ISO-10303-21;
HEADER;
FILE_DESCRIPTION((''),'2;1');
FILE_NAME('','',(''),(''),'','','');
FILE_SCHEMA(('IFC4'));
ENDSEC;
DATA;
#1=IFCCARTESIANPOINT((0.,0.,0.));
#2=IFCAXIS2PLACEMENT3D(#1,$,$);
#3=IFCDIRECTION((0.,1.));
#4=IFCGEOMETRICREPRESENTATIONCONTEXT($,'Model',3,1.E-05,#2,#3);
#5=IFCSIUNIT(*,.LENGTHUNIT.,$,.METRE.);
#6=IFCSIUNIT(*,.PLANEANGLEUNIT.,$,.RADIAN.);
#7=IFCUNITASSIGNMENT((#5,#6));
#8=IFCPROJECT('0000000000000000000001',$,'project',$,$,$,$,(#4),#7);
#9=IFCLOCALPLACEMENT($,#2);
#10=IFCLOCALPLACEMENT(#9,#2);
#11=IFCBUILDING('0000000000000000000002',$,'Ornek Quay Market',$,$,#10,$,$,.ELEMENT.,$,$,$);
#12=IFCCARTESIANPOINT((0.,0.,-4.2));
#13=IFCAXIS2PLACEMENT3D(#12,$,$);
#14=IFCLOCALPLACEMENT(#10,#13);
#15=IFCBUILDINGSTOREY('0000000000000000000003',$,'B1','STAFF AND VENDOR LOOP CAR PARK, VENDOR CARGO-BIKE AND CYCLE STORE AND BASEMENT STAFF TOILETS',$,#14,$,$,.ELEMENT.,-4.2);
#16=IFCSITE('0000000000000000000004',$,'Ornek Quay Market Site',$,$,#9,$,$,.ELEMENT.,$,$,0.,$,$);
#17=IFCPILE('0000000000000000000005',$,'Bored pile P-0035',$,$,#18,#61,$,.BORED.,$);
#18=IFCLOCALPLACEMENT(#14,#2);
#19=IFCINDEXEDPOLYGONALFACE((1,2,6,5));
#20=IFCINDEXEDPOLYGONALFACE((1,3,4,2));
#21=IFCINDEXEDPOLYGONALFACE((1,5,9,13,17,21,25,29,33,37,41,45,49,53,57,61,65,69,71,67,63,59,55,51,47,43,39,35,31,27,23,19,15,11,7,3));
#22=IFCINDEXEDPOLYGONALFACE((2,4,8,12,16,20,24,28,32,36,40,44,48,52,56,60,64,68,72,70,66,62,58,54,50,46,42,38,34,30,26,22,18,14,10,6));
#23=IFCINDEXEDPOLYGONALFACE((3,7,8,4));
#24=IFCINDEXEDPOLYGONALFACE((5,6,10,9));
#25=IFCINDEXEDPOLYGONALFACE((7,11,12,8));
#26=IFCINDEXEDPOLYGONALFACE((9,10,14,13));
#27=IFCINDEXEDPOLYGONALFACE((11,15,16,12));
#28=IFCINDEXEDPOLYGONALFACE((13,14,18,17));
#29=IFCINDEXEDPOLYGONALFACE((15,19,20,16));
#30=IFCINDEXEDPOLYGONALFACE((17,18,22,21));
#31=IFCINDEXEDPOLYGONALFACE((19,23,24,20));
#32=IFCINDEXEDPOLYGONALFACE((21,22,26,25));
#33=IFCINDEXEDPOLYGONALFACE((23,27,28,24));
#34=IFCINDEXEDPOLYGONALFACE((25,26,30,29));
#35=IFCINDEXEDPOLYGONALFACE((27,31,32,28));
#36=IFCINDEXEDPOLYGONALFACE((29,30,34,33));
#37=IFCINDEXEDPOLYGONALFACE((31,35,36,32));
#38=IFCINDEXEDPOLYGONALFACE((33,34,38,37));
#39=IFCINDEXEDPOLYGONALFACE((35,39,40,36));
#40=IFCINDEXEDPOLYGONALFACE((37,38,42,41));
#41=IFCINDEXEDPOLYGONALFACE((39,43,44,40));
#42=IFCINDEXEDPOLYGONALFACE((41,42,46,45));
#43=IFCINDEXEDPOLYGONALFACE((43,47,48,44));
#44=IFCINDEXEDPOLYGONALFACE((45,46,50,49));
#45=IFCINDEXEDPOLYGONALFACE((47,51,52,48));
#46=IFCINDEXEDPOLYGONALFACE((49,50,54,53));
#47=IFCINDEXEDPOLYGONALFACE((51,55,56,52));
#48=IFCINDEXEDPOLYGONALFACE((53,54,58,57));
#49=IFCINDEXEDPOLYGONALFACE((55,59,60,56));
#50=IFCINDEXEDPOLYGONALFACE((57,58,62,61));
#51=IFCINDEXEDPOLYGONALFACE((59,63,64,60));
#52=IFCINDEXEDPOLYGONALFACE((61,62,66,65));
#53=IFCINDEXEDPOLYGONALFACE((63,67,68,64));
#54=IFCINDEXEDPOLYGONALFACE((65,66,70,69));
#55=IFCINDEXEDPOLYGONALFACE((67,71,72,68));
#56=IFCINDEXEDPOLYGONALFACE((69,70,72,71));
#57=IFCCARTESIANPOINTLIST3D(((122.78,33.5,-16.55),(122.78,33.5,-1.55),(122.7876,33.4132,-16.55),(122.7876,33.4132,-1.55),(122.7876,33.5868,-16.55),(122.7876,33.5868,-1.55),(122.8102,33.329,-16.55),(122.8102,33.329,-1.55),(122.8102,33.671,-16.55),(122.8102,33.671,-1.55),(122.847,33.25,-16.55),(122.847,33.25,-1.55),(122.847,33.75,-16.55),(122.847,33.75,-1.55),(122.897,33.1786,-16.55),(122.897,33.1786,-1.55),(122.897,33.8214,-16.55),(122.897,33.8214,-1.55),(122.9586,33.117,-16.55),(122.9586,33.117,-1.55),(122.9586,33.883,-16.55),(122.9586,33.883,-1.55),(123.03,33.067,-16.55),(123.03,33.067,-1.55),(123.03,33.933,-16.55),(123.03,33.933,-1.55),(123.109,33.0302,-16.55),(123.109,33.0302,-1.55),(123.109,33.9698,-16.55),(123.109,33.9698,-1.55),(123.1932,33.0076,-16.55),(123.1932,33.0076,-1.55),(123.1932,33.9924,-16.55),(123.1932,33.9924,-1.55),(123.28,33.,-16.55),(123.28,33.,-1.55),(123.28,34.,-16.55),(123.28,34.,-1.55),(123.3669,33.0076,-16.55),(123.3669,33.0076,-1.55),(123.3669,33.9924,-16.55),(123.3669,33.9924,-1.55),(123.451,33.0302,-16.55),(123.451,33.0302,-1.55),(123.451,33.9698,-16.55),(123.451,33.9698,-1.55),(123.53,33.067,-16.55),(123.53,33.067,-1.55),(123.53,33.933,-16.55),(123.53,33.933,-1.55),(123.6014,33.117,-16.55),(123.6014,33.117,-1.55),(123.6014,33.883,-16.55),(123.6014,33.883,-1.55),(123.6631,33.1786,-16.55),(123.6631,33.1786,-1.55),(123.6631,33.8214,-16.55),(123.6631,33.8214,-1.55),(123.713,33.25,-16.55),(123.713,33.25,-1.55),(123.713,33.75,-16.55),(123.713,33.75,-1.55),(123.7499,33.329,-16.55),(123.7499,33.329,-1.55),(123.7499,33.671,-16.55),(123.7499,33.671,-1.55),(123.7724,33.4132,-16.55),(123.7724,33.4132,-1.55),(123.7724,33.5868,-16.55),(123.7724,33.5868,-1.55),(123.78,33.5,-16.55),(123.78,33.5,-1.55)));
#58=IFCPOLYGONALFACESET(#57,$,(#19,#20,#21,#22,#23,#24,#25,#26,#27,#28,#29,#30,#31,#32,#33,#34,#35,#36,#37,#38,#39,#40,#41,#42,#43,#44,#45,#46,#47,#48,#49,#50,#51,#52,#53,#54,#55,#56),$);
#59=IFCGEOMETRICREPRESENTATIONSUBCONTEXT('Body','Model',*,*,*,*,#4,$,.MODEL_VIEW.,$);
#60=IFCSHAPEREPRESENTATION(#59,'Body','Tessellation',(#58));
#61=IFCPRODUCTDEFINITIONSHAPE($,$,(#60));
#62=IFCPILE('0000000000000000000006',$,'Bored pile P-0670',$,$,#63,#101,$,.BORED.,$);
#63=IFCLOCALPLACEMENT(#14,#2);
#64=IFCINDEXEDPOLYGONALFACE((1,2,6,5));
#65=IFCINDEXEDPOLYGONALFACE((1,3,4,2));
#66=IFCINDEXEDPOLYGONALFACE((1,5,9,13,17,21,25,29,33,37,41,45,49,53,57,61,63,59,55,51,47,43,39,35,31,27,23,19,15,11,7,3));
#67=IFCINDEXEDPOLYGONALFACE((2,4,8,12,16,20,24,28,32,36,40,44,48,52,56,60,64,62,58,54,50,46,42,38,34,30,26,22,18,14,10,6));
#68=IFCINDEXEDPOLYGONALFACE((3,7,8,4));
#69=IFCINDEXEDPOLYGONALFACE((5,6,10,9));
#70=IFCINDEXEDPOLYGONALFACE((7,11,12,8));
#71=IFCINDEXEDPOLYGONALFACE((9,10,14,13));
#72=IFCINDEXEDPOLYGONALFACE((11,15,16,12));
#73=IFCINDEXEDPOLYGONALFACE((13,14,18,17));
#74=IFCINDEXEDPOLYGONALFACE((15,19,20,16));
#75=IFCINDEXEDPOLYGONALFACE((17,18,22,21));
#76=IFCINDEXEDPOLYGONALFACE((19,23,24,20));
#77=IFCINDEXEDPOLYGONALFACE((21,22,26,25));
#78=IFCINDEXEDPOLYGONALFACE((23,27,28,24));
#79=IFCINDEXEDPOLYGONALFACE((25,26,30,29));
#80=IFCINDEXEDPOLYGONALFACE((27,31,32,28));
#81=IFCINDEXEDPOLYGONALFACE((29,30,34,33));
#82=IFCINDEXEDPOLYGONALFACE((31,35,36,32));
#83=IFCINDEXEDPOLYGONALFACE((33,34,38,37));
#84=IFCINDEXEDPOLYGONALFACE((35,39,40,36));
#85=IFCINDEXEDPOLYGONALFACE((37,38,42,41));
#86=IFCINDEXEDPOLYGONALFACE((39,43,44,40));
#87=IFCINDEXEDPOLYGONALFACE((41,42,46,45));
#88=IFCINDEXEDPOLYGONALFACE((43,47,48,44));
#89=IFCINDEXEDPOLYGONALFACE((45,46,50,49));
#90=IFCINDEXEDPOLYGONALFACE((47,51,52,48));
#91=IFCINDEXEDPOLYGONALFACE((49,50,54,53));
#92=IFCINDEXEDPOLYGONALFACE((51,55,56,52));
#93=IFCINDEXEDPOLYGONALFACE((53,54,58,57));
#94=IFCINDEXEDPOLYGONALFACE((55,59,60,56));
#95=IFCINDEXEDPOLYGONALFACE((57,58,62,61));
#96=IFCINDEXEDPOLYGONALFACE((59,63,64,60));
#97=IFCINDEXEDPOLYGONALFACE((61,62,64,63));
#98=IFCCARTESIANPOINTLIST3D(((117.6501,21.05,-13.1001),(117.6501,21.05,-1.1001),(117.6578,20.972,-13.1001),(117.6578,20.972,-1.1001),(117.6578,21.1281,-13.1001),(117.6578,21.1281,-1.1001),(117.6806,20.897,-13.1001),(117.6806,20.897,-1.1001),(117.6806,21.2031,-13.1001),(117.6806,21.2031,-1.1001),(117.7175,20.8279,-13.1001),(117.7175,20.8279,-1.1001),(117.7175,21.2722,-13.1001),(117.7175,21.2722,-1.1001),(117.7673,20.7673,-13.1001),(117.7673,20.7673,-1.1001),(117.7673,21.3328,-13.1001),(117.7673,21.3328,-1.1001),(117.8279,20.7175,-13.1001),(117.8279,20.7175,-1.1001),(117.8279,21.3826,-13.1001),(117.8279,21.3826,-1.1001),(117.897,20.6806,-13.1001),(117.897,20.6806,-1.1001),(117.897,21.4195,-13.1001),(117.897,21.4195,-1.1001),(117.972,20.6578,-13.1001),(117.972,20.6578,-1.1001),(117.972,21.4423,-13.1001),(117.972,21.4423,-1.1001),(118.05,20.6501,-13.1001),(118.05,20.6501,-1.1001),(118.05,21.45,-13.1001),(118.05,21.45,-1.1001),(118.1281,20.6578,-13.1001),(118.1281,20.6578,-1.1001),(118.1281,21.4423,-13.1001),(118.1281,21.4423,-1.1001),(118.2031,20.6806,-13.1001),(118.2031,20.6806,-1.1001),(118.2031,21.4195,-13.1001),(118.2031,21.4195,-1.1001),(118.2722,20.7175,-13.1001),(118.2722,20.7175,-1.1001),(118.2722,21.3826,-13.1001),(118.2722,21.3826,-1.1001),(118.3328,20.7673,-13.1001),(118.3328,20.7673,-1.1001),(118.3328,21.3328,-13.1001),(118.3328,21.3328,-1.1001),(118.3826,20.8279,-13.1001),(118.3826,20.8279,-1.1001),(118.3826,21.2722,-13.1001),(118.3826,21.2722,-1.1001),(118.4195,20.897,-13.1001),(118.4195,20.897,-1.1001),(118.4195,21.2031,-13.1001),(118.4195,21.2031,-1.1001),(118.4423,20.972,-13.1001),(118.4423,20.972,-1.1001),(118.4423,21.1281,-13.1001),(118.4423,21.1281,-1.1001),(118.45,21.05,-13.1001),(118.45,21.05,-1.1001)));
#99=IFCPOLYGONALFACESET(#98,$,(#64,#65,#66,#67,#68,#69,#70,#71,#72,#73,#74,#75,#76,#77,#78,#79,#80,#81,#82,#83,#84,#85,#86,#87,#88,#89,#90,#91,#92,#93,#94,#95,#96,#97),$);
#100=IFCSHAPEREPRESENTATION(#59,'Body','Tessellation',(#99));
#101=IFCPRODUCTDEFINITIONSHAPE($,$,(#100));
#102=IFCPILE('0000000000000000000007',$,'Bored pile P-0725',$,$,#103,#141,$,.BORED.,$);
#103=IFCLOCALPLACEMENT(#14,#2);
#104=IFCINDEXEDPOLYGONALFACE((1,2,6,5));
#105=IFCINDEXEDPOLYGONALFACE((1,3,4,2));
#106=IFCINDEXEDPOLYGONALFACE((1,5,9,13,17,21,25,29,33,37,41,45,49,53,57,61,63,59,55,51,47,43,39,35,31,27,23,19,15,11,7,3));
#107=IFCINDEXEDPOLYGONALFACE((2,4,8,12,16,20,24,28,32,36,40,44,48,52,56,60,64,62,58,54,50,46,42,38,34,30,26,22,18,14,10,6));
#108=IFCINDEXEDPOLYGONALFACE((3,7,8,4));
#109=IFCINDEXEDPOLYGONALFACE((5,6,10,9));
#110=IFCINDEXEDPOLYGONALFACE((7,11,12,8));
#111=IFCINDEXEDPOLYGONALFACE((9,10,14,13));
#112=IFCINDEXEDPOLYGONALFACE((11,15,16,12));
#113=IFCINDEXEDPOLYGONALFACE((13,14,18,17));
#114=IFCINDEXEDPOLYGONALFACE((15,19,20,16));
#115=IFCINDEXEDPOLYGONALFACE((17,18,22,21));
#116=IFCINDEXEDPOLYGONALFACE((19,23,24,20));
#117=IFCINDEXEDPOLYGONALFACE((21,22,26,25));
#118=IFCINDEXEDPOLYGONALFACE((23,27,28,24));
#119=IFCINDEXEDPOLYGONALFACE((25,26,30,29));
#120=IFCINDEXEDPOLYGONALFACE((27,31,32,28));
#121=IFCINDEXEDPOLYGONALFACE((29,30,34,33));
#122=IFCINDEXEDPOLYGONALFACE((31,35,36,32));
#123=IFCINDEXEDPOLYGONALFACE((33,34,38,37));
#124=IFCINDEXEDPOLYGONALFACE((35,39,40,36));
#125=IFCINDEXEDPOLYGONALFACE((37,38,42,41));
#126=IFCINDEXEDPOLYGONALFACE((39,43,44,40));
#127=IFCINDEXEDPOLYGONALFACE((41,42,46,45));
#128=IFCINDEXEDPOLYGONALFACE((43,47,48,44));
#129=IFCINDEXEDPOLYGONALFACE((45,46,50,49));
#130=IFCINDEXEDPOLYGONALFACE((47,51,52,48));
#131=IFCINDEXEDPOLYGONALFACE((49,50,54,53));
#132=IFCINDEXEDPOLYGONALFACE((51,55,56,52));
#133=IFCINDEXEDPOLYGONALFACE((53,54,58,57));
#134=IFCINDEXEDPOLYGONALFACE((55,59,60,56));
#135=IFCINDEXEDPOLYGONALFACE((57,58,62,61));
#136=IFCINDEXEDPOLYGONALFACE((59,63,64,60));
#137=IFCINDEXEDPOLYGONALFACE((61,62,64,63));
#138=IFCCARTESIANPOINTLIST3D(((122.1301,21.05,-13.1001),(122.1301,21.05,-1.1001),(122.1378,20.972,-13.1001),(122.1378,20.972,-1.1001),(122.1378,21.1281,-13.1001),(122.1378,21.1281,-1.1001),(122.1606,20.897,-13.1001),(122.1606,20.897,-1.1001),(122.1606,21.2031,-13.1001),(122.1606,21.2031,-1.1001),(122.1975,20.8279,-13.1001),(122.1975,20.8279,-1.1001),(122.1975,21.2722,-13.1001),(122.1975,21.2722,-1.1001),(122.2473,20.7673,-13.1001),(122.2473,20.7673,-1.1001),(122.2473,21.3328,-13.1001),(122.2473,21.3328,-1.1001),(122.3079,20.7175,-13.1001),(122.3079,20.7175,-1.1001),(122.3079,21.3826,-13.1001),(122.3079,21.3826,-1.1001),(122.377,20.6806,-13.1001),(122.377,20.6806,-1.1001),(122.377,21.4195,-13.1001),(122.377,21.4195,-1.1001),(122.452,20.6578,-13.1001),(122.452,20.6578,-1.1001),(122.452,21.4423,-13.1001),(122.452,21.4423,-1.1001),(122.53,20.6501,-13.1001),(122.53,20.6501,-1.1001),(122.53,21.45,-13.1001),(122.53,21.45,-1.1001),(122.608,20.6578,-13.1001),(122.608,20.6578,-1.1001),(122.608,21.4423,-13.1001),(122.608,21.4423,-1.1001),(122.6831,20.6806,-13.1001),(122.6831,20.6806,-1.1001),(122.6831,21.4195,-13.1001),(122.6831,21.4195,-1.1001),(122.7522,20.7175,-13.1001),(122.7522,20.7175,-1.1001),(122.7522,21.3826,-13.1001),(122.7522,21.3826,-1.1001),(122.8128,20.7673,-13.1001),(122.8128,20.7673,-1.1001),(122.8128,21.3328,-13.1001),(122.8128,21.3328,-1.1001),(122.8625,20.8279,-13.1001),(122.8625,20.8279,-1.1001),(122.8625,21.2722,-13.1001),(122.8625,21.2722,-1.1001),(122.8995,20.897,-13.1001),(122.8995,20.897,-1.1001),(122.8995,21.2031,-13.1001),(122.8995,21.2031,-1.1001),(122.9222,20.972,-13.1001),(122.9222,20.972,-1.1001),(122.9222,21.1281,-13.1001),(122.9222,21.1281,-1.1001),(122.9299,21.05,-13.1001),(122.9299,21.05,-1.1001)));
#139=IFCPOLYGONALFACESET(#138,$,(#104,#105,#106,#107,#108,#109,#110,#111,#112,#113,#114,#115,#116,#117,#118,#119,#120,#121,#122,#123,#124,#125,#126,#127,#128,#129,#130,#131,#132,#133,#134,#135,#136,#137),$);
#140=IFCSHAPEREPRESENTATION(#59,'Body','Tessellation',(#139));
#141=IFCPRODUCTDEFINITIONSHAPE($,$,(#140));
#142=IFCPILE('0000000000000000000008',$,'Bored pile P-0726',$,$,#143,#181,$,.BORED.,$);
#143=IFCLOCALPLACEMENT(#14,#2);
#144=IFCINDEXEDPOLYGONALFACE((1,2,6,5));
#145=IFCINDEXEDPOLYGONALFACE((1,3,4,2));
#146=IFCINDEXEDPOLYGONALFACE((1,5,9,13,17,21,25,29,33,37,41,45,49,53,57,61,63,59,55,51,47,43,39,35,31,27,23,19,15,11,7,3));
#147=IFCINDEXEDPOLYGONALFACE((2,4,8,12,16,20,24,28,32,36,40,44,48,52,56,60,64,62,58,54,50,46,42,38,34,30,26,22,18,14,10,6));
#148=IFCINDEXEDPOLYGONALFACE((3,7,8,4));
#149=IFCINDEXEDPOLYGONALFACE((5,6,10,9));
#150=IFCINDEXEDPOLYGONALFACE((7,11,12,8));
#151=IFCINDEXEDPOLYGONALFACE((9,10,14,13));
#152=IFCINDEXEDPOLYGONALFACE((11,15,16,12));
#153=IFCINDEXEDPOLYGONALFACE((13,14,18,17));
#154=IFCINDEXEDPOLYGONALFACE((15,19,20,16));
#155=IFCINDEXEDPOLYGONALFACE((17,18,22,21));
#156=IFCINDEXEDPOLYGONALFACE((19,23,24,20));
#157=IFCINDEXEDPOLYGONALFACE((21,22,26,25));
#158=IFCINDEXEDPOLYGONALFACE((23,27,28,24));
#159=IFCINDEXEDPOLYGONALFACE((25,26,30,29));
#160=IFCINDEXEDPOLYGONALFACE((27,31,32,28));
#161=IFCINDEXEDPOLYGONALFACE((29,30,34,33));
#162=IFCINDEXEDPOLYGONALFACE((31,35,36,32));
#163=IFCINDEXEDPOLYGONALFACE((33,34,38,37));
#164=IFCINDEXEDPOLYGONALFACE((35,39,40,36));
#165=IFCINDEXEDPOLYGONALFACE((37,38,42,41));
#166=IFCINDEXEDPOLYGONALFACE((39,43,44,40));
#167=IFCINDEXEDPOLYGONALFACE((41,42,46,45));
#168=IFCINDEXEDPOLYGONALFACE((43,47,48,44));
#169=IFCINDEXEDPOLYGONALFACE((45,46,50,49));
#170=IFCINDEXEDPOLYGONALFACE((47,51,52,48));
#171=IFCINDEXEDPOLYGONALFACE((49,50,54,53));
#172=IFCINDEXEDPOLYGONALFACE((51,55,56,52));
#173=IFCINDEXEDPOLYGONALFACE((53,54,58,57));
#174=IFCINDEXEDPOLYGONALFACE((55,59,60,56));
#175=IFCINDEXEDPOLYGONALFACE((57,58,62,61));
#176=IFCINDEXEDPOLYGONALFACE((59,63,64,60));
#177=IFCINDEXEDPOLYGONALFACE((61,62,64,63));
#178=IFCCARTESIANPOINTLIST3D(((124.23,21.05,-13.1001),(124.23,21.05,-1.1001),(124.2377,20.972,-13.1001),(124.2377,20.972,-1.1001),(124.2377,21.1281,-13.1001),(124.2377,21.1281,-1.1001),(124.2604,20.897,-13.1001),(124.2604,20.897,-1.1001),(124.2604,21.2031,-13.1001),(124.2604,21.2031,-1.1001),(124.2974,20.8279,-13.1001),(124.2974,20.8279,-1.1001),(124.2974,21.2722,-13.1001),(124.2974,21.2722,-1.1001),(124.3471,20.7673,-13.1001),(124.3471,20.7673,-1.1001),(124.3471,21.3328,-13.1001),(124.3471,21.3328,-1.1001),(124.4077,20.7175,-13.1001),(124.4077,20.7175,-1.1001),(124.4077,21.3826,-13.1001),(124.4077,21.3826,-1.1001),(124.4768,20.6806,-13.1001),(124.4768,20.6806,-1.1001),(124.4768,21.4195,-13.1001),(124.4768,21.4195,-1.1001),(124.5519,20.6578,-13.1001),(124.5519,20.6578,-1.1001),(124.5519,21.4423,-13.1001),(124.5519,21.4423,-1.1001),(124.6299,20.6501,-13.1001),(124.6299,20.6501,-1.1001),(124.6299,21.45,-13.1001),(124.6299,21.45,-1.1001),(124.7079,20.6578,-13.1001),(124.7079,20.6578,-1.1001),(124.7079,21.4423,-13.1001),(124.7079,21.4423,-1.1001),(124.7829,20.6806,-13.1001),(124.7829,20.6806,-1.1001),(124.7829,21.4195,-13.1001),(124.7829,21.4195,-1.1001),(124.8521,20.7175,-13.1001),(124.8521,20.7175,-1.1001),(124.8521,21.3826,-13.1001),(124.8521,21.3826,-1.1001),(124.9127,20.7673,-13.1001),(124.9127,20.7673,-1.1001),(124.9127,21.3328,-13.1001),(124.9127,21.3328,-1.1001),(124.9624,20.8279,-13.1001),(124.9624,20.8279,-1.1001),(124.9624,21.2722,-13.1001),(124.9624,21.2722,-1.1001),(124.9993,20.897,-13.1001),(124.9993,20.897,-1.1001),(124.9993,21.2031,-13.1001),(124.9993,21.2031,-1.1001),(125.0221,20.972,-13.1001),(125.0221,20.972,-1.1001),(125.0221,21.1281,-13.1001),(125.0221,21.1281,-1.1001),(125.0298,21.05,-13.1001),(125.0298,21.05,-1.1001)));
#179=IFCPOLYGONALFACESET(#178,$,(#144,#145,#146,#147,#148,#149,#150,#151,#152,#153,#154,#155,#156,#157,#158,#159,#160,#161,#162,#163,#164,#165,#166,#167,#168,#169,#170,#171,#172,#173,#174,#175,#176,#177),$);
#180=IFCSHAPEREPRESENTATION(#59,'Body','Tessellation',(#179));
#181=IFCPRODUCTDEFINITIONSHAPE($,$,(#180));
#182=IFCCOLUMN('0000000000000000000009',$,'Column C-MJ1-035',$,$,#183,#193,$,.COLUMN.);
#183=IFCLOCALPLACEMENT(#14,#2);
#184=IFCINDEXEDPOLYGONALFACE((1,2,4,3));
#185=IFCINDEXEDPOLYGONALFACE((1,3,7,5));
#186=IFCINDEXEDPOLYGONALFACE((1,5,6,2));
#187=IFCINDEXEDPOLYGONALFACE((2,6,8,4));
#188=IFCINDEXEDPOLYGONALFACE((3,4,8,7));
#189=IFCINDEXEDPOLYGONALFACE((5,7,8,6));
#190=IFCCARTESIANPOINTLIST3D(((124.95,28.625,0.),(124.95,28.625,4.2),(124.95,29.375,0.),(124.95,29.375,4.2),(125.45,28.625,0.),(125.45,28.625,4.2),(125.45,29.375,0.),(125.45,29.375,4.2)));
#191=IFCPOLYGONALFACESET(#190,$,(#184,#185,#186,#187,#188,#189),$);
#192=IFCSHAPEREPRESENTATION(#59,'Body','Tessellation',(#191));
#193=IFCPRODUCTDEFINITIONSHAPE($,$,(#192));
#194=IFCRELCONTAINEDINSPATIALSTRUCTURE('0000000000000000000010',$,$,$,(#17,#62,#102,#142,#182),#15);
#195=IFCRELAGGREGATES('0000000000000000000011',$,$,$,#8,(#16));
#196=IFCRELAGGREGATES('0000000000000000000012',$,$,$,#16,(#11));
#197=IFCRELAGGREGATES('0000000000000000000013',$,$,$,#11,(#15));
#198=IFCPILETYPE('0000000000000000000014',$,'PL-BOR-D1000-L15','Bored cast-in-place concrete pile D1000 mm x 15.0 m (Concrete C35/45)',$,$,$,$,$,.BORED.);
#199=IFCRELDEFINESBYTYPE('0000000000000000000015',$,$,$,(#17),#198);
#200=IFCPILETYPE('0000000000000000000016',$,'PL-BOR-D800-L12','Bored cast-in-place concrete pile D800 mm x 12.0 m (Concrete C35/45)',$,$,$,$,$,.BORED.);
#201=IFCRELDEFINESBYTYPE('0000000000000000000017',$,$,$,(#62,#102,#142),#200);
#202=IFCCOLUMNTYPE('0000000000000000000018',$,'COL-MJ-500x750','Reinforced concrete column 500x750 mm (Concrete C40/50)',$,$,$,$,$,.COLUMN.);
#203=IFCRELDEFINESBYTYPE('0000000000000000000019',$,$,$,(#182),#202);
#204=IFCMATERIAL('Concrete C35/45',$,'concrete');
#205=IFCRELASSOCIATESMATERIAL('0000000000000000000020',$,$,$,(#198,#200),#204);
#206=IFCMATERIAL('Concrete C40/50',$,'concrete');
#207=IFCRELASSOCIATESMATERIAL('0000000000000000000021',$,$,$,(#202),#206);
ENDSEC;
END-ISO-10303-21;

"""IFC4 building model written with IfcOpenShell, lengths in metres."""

from ifc_helpers import new_model, si_unit, direction, frame, origin, origin_2d, place, context, subcontext, project, spatial, rectangle, circle, extrude, material, material_profile, profile_set, type_object, element, save


model = new_model("IFC4")

# Units and contexts
model_context = context("Model", 3, precision=1e-05, world=origin(), true_north=direction((0.0, 1.0)))
body_context = subcontext(model_context, "Body", "Model", "MODEL_VIEW")
ifc_project = project(units=[si_unit("LENGTHUNIT", "METRE"), si_unit("PLANEANGLEUNIT", "RADIAN")], contexts=[model_context])

# Site, building, storey
site_placement = place(None, origin())
site = spatial("IfcSite", under=ifc_project, at=site_placement, Name="Ornek Quay Market Site", CompositionType="ELEMENT", RefElevation=0.0)
building_placement = place(site_placement, origin())
building = spatial("IfcBuilding", under=site, at=building_placement, Name="Ornek Quay Market", CompositionType="ELEMENT")
storey_placement = place(building_placement, frame((0.0, 0.0, -4.2)))
storey = spatial("IfcBuildingStorey", under=building, at=storey_placement, Name="B1", Description="STAFF AND VENDOR LOOP CAR PARK, VENDOR CARGO-BIKE AND CYCLE STORE AND BASEMENT STAFF TOILETS", CompositionType="ELEMENT", Elevation=-4.2)

# Piles
ifc_material_1 = material(Name="Concrete C35/45", Category="concrete")
ifc_material_profile_1 = material_profile(ifc_material_1, circle(Radius=0.5, at=origin_2d()), Name="PILE D1000", Category="concrete")
ifc_profile_set_1 = profile_set([ifc_material_profile_1], Name="Concrete C35/45")
pile_type_1 = type_object("IfcPileType", Name="PL-BOR-D1000-L15", Description="Bored cast-in-place concrete pile D1000 mm x 15.0 m (Concrete C35/45)", PredefinedType="BORED", material=ifc_profile_set_1)
for number, where, z_axis, x_axis, name in (
    (1, (123.28, 33.5, -1.55), (0.0, 0.0, -1.0), (1.0, 0.0, 0.0), "Bored pile P-0035"),
):
    element("IfcPile", number, at=place(storey_placement, frame(where, z_axis=z_axis, x_axis=x_axis)), inside=storey, type_object=pile_type_1, Name=name, PredefinedType="BORED", context=body_context, shape_type="SweptSolid", body=[
        extrude(circle(Radius=0.5, at=origin_2d()), origin(), (0.0, 0.0, 1.0), 15.0),
    ])
ifc_material_profile_2 = material_profile(ifc_material_1, circle(Radius=0.3999, at=origin_2d()), Name="PILE D800", Category="concrete")
ifc_profile_set_2 = profile_set([ifc_material_profile_2], Name="Concrete C35/45")
pile_type_2 = type_object("IfcPileType", Name="PL-BOR-D800-L12", Description="Bored cast-in-place concrete pile D800 mm x 12.0 m (Concrete C35/45)", PredefinedType="BORED", material=ifc_profile_set_2)
for number, where, z_axis, x_axis, name in (
    (2, (118.05, 21.05, -1.1001), (0.0, 0.0, -1.0), (1.0, 0.0, 0.0), "Bored pile P-0670"),
    (3, (122.53, 21.05, -1.1001), (0.0, 0.0, -1.0), (1.0, 0.0, 0.0), "Bored pile P-0725"),
    (4, (124.6299, 21.05, -1.1001), (0.0, 0.0, -1.0), (1.0, 0.0, 0.0), "Bored pile P-0726"),
):
    element("IfcPile", number, at=place(storey_placement, frame(where, z_axis=z_axis, x_axis=x_axis)), inside=storey, type_object=pile_type_2, Name=name, PredefinedType="BORED", context=body_context, shape_type="SweptSolid", body=[
        extrude(circle(Radius=0.3999, at=origin_2d()), origin(), (0.0, 0.0, 1.0), 12.0),
    ])

# Column
ifc_material_2 = material(Name="Concrete C40/50", Category="concrete")
ifc_material_profile_3 = material_profile(ifc_material_2, rectangle(XDim=0.5, YDim=0.75, at=origin_2d()), Name="RC 500x750", Category="concrete")
ifc_profile_set_3 = profile_set([ifc_material_profile_3], Name="Concrete C40/50")
column_type = type_object("IfcColumnType", Name="COL-MJ-500x750", Description="Reinforced concrete column 500x750 mm (Concrete C40/50)", PredefinedType="COLUMN", material=ifc_profile_set_3)
column_placement = place(storey_placement, frame((125.2, 29.0, 0.0), z_axis=(0.0, 0.0, 1.0), x_axis=(1.0, 0.0, 0.0)))
element("IfcColumn", 5, at=column_placement, inside=storey, type_object=column_type, Name="Column C-MJ1-035", PredefinedType="COLUMN", context=body_context, shape_type="SweptSolid", body=[
    extrude(rectangle(XDim=0.5, YDim=0.75, at=origin_2d()), origin(), (0.0, 0.0, 1.0), 4.2),
])

save(model, "model.ifc")
